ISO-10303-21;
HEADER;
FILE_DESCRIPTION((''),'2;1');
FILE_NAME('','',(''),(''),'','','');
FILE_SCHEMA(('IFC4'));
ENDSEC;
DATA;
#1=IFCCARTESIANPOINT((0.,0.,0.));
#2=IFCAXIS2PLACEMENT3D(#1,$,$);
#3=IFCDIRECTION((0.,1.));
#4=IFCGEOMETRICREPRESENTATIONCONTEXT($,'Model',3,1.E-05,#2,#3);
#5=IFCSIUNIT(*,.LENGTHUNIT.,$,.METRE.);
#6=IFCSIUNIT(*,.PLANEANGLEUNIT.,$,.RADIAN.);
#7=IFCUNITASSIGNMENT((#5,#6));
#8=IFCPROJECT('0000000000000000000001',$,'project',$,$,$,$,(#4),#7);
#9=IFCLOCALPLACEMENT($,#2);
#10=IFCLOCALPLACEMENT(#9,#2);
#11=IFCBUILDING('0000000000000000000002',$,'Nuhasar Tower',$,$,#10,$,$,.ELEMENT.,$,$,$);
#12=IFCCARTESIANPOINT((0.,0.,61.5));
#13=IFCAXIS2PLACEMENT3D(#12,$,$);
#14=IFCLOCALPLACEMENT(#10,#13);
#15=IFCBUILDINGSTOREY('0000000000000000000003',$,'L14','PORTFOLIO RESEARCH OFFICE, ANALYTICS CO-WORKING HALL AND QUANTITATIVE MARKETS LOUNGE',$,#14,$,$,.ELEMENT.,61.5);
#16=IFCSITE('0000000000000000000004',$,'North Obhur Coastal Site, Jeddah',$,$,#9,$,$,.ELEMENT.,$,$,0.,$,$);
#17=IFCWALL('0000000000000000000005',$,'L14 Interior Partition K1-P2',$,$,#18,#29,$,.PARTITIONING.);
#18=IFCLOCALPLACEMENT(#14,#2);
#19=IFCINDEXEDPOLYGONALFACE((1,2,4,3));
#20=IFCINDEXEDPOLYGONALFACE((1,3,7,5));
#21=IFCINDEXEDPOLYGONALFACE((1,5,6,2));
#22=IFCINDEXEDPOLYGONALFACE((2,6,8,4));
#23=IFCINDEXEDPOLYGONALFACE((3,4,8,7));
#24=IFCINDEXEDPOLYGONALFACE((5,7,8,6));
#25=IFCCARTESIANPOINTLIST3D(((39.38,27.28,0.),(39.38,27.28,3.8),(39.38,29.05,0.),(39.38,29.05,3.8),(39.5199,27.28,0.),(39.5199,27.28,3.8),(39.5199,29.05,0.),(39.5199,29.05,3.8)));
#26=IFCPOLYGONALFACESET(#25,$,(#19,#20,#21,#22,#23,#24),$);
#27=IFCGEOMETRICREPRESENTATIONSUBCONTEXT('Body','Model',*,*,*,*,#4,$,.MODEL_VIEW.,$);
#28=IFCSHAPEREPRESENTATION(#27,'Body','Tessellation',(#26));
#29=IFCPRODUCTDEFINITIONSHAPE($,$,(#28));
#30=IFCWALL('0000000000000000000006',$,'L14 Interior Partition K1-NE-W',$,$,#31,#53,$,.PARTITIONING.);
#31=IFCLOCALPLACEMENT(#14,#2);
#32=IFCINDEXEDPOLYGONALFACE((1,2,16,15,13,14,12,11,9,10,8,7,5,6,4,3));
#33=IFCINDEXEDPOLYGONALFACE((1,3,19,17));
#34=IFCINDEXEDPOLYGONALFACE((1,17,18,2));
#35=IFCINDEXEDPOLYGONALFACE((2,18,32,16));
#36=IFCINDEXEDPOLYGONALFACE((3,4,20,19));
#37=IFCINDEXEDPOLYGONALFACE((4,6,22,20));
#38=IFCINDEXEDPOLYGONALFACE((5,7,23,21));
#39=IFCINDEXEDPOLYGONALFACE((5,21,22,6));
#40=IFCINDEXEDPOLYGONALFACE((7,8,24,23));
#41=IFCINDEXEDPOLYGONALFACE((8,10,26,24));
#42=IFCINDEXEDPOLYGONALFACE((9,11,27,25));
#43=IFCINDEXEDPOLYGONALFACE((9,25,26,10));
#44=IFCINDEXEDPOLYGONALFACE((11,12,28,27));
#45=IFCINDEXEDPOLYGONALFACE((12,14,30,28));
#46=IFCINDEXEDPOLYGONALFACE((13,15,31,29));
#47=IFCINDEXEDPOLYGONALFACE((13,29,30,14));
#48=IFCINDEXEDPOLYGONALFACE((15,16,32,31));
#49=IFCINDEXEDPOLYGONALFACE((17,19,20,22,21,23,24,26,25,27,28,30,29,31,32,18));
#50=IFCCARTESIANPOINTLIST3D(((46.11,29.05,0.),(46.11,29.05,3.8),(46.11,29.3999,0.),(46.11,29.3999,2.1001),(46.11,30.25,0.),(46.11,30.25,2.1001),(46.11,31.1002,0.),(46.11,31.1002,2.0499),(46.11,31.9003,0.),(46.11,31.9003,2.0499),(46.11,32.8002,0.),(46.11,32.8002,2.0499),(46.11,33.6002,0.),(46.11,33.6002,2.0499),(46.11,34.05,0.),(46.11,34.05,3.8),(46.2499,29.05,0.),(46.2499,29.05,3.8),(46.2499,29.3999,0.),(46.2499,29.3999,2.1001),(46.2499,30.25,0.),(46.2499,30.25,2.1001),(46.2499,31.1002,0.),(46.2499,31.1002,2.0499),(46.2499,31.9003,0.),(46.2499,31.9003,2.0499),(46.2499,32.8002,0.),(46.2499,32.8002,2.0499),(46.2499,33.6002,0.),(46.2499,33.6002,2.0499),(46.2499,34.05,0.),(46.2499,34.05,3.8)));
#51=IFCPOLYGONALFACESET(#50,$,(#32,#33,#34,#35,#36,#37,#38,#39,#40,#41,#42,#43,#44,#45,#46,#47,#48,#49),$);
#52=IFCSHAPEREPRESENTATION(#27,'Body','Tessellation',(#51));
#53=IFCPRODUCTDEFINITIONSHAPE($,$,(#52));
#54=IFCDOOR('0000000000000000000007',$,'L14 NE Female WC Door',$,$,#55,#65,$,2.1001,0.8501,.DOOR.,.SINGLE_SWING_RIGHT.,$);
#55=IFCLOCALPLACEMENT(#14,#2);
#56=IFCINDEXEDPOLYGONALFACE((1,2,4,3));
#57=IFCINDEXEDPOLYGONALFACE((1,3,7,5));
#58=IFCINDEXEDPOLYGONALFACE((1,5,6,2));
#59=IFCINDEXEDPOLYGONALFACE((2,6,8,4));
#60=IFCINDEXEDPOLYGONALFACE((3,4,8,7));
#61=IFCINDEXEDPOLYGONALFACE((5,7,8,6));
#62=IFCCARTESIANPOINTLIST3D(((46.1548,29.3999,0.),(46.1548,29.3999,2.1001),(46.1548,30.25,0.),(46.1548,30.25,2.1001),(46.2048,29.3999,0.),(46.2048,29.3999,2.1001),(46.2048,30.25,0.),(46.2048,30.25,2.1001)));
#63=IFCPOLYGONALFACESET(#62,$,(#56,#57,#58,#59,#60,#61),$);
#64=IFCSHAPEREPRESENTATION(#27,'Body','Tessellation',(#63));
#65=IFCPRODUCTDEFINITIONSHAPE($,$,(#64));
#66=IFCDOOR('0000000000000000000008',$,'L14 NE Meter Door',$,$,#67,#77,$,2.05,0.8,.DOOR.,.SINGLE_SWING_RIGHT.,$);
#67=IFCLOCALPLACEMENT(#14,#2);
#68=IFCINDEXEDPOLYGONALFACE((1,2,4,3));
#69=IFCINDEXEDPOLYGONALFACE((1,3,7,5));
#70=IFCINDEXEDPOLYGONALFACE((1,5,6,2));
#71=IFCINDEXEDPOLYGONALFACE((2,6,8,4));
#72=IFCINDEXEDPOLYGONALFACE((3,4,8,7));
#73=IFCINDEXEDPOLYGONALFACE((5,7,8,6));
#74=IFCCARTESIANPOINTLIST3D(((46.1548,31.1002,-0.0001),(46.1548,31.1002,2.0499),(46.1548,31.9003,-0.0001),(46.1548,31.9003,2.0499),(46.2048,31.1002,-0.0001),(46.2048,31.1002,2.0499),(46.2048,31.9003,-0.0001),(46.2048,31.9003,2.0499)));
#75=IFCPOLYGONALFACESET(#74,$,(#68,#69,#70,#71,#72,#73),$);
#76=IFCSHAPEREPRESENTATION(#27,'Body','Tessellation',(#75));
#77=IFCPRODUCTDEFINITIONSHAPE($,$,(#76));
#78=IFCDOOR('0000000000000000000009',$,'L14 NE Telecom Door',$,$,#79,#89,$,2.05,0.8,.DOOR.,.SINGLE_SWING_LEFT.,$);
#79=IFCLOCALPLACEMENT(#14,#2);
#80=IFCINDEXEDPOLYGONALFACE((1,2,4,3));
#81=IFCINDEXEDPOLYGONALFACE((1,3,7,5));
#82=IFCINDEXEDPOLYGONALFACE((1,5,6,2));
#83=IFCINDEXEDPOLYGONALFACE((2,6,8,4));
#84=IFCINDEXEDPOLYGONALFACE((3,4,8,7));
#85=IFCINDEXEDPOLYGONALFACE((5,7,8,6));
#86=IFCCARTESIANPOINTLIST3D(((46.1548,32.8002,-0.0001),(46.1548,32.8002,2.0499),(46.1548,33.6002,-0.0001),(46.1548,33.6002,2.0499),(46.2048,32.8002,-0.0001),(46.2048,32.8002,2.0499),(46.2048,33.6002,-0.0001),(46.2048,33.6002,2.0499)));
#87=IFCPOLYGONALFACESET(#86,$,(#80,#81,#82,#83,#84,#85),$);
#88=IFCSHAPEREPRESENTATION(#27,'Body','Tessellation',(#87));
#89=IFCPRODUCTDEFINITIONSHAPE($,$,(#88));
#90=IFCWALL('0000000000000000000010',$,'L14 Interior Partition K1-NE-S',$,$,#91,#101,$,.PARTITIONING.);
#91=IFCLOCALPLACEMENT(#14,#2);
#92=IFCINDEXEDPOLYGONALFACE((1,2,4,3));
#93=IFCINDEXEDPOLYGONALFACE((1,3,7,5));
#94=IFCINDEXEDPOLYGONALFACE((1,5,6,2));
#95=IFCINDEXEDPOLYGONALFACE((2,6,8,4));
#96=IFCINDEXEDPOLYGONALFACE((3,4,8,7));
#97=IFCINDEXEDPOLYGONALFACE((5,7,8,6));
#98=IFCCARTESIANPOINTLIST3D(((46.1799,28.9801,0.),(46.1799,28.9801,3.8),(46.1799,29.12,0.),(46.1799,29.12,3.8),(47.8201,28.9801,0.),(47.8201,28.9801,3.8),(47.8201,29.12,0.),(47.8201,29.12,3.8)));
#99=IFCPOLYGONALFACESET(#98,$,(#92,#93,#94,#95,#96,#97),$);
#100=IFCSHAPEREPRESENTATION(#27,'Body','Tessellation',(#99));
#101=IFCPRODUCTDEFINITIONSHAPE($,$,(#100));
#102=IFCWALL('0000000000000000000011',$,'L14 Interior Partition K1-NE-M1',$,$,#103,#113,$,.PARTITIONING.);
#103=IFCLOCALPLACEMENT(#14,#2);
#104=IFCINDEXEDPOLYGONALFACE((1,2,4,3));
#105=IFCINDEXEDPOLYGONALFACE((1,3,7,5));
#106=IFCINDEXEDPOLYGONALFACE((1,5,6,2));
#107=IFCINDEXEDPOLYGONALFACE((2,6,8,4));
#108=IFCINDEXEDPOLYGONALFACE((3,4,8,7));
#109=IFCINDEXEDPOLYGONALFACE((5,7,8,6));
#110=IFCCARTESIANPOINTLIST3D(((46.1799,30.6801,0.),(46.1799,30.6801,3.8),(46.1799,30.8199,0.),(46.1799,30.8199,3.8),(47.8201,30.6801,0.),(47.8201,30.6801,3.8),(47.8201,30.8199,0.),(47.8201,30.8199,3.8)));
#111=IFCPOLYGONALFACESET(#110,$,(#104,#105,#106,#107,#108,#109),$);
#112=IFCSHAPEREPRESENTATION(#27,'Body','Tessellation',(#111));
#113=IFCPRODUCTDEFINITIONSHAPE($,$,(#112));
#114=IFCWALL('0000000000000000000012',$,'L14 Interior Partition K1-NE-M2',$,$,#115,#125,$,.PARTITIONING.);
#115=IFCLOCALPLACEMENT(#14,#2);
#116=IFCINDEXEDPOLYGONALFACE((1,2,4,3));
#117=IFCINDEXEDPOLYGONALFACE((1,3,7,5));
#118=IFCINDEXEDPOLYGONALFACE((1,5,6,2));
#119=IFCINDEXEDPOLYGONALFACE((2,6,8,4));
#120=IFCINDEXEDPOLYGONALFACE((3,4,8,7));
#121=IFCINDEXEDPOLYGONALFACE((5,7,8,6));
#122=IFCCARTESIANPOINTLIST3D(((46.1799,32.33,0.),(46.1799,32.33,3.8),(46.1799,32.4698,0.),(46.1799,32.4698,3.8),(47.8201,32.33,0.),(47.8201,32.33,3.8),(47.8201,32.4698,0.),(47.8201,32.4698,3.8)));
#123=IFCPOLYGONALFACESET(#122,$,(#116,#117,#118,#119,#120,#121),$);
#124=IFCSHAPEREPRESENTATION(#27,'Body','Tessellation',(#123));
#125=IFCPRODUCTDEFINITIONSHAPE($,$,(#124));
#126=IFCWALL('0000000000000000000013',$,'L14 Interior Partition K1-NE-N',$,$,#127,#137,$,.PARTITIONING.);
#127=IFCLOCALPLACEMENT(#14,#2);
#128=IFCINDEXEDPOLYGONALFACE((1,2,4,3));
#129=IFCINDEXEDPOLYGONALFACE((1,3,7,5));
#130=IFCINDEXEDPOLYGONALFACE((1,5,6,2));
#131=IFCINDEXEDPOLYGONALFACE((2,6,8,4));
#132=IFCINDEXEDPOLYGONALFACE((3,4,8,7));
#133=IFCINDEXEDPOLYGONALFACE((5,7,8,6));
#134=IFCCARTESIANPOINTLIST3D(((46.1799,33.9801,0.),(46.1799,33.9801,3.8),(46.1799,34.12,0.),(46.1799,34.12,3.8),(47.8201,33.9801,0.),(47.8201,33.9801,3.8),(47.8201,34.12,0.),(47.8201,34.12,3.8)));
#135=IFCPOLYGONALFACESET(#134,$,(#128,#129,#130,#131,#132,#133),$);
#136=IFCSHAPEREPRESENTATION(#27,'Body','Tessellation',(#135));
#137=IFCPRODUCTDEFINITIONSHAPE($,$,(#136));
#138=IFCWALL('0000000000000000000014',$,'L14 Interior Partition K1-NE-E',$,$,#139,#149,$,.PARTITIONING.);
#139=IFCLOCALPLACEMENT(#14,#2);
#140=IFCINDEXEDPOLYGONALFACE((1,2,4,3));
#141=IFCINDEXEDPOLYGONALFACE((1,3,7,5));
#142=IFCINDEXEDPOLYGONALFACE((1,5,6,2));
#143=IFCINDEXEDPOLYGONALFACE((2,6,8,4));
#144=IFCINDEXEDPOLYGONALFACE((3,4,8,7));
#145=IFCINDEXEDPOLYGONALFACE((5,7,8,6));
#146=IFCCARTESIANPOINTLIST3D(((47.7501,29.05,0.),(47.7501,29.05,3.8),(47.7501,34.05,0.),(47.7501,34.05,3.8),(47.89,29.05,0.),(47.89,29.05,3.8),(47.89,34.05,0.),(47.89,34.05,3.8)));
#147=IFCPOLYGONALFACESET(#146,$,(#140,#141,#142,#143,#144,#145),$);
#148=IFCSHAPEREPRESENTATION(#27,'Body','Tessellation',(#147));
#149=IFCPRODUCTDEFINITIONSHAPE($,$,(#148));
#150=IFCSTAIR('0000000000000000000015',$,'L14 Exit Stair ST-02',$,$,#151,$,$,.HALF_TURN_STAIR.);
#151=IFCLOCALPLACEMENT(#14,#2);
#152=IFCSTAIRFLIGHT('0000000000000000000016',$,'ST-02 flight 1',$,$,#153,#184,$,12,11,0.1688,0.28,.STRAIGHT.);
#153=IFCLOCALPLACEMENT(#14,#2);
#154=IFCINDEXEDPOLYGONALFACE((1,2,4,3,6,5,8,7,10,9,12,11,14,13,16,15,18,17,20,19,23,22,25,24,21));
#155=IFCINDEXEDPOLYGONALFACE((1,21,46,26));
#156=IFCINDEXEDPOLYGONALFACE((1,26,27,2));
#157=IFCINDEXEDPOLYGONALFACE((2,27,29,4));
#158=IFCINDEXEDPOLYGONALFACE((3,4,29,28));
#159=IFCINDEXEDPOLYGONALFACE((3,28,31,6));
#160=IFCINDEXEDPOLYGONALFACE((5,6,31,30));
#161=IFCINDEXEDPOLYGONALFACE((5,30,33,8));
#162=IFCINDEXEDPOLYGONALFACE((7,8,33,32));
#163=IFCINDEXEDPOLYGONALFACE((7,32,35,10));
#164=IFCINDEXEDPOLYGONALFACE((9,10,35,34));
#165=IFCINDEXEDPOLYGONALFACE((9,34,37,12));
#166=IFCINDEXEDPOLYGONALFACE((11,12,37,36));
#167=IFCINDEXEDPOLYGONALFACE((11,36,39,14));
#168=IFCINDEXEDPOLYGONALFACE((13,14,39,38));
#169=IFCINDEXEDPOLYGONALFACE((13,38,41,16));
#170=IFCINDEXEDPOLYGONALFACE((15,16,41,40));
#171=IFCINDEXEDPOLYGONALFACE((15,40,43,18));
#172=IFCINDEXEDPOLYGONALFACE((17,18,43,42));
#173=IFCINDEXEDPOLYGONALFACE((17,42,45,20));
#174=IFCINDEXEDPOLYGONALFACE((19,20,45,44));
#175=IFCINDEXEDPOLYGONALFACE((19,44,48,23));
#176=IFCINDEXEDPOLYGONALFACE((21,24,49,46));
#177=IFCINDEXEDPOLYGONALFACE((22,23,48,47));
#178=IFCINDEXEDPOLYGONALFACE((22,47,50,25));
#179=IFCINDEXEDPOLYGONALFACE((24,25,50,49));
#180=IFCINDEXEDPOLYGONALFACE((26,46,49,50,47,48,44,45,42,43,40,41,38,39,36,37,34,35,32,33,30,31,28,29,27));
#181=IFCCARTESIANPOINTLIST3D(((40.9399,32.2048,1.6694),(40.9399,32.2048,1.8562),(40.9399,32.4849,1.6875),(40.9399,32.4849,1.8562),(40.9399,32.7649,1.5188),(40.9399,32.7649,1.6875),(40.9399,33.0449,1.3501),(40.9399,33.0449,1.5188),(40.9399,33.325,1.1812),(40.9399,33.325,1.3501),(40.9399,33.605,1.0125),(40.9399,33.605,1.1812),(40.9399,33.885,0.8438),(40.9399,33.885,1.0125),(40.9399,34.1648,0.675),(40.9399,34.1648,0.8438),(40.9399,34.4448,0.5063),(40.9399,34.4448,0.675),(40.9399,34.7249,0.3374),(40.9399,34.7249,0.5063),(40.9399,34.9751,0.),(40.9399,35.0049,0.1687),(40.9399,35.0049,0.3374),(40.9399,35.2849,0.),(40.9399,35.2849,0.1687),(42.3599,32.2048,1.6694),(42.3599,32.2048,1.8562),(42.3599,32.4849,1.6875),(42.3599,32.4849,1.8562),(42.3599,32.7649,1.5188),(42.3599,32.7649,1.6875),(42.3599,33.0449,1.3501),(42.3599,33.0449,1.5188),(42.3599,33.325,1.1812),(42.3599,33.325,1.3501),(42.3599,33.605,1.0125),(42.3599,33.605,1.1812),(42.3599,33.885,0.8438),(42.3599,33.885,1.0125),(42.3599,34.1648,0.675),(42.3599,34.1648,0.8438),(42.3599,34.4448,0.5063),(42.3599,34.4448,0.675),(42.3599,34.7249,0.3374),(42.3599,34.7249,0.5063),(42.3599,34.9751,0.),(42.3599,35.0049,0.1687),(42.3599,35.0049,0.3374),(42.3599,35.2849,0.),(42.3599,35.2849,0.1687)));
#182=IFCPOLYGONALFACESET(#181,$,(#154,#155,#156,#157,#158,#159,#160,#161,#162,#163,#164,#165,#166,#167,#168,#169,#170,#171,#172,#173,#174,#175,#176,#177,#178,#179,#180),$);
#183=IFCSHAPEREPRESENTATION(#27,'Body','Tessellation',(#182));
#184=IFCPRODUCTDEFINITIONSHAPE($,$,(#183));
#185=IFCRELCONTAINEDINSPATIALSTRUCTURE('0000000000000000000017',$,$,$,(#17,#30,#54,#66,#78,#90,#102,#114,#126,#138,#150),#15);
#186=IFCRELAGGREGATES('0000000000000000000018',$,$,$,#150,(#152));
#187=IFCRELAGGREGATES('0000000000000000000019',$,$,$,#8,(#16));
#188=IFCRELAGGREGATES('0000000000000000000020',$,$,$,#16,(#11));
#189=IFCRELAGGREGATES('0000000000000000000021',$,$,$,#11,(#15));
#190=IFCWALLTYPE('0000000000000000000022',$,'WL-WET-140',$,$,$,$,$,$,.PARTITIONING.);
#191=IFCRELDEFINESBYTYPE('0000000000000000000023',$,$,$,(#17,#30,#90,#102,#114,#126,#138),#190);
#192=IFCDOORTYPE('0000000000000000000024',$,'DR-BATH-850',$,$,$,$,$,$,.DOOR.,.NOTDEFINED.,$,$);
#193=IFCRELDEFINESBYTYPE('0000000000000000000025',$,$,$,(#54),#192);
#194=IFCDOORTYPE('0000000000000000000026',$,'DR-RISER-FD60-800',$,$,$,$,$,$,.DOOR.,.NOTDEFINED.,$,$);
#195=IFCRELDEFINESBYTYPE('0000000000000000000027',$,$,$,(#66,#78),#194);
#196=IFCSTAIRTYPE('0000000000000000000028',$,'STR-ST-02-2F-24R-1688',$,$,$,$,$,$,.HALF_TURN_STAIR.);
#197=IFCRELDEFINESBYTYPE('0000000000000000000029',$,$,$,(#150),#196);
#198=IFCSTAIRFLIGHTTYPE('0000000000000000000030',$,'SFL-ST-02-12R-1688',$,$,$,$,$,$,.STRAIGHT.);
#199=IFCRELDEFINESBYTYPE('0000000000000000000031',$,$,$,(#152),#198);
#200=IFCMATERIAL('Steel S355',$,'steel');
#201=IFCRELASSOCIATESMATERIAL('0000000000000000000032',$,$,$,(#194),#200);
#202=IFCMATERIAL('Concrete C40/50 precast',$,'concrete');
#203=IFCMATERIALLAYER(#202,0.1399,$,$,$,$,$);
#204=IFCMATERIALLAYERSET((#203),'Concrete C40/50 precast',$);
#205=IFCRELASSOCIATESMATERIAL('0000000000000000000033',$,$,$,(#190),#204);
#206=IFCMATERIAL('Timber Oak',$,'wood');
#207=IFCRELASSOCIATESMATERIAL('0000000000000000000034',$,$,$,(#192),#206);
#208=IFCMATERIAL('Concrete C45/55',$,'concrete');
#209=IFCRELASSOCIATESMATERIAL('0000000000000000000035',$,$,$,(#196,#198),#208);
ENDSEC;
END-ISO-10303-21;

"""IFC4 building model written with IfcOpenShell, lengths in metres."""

from ifc_helpers import new_model, si_unit, direction, frame, frame_2d, origin, place, context, subcontext, project, spatial, polyline, rectangle, outline, extrude, material, layer, layer_set, type_object, element, fill, aggregate, save


model = new_model("IFC4")

# Units and contexts
model_context = context("Model", 3, precision=1e-05, world=origin(), true_north=direction((0.0, 1.0)))
body_context = subcontext(model_context, "Body", "Model", "MODEL_VIEW")
ifc_project = project(units=[si_unit("LENGTHUNIT", "METRE"), si_unit("PLANEANGLEUNIT", "RADIAN")], contexts=[model_context])

# Site, building, storey
site_placement = place(None, origin())
site = spatial("IfcSite", under=ifc_project, at=site_placement, Name="North Obhur Coastal Site, Jeddah", CompositionType="ELEMENT", RefElevation=0.0)
building_placement = place(site_placement, origin())
building = spatial("IfcBuilding", under=site, at=building_placement, Name="Nuhasar Tower", CompositionType="ELEMENT")
storey_placement = place(building_placement, frame((0.0, 0.0, 61.5)))
storey = spatial("IfcBuildingStorey", under=building, at=storey_placement, Name="L14", Description="PORTFOLIO RESEARCH OFFICE, ANALYTICS CO-WORKING HALL AND QUANTITATIVE MARKETS LOUNGE", CompositionType="ELEMENT", Elevation=61.5)

# Shared definitions
ifc_material_1 = material(Name="Steel S355", Category="steel")

# Shared definitions
ifc_material_2 = material(Name="Concrete C45/55", Category="concrete")

# Shared definitions
door_type_1 = type_object("IfcDoorType", Name="DR-RISER-FD60-800", OperationType="NOTDEFINED", PredefinedType="DOOR", material=ifc_material_1)

# Wall
ifc_material_3 = material(Name="Concrete C40/50 precast", Category="concrete")
ifc_layer_1 = layer(ifc_material_3, 0.1399)
ifc_layer_set_1 = layer_set([ifc_layer_1], Name="Concrete C40/50 precast")
wall_type_1 = type_object("IfcWallType", Name="WL-WET-140", PredefinedType="PARTITIONING", material=ifc_layer_set_1)
wall_1_placement = place(storey_placement, frame((39.45, 27.28, 0.0), z_axis=(0.0, 0.0, 1.0), x_axis=(0.0, 1.0, 0.0)))
element("IfcWall", 1, at=wall_1_placement, inside=storey, type_object=wall_type_1, Name="L14 Interior Partition K1-P2", PredefinedType="PARTITIONING", context=body_context, shape_type="SweptSolid", body=[
    extrude(rectangle(XDim=1.77, YDim=0.1399, at=frame_2d((0.885, 0.0))), origin(), (0.0, 0.0, 1.0), 3.8),
])

# Wall, openings, doors
wall_2_placement = place(storey_placement, frame((46.1799, 34.05, 0.0), z_axis=(0.0, 0.0, 1.0), x_axis=(0.0, -1.0, 0.0)))
wall_2 = element("IfcWall", 2, at=wall_2_placement, inside=storey, type_object=wall_type_1, Name="L14 Interior Partition K1-NE-W", PredefinedType="PARTITIONING", context=body_context, shape_type="SweptSolid", body=[
    extrude(rectangle(XDim=5.0, YDim=0.1399, at=frame_2d((2.5, 0.0))), origin(), (0.0, 0.0, 1.0), 3.8),
])
opening_1_placement = place(wall_2_placement, frame((3.8, 0.0, 0.0)))
opening_1 = element("IfcOpeningElement", 3, at=opening_1_placement, cuts=wall_2, PredefinedType="OPENING", context=body_context, shape_type="SweptSolid", body=[
    extrude(rectangle(XDim=0.8501, YDim=2.1001, at=frame_2d((0.425, 1.05))), frame((0.0, 0.0801, 0.0), z_axis=(0.0, -1.0, 0.0), x_axis=(1.0, 0.0, 0.0)), (0.0, 0.0, 1.0), 0.1599),
])
opening_2_placement = place(wall_2_placement, frame((2.1499, 0.0, 0.0)))
opening_2 = element("IfcOpeningElement", 4, at=opening_2_placement, cuts=wall_2, PredefinedType="OPENING", context=body_context, shape_type="SweptSolid", body=[
    extrude(rectangle(XDim=0.8, YDim=2.05, at=frame_2d((0.3999, 1.0249))), frame((0.0, 0.0801, 0.0), z_axis=(0.0, -1.0, 0.0), x_axis=(1.0, 0.0, 0.0)), (0.0, 0.0, 1.0), 0.1599),
])
opening_3_placement = place(wall_2_placement, frame((0.45, 0.0, 0.0)))
opening_3 = element("IfcOpeningElement", 5, at=opening_3_placement, cuts=wall_2, PredefinedType="OPENING", context=body_context, shape_type="SweptSolid", body=[
    extrude(rectangle(XDim=0.8, YDim=2.05, at=frame_2d((0.3999, 1.0249))), frame((0.0, 0.0801, 0.0), z_axis=(0.0, -1.0, 0.0), x_axis=(1.0, 0.0, 0.0)), (0.0, 0.0, 1.0), 0.1599),
])
ifc_material_4 = material(Name="Timber Oak", Category="wood")
door_type_2 = type_object("IfcDoorType", Name="DR-BATH-850", OperationType="NOTDEFINED", PredefinedType="DOOR", material=ifc_material_4)
door_1_placement = place(opening_1_placement, origin())
door_1 = element("IfcDoor", 6, at=door_1_placement, inside=storey, type_object=door_type_2, Name="L14 NE Female WC Door", OperationType="SINGLE_SWING_RIGHT", OverallHeight=2.1001, OverallWidth=0.8501, PredefinedType="DOOR", context=body_context, shape_type="SweptSolid", body=[
    extrude(rectangle(XDim=0.8501, YDim=2.1001, at=frame_2d((0.425, 1.05))), frame((0.0, 0.0249, 0.0), z_axis=(0.0, -1.0, 0.0), x_axis=(1.0, 0.0, 0.0)), (0.0, 0.0, 1.0), 0.05),
])
fill(opening_1, door_1)
door_2_placement = place(opening_2_placement, origin())
door_2 = element("IfcDoor", 7, at=door_2_placement, inside=storey, type_object=door_type_1, Name="L14 NE Meter Door", OperationType="SINGLE_SWING_RIGHT", OverallHeight=2.05, OverallWidth=0.8, PredefinedType="DOOR", context=body_context, shape_type="SweptSolid", body=[
    extrude(rectangle(XDim=0.8, YDim=2.05, at=frame_2d((0.3999, 1.0249))), frame((0.0, 0.0249, 0.0), z_axis=(0.0, -1.0, 0.0), x_axis=(1.0, 0.0, 0.0)), (0.0, 0.0, 1.0), 0.05),
])
fill(opening_2, door_2)
door_3_placement = place(opening_3_placement, origin())
door_3 = element("IfcDoor", 8, at=door_3_placement, inside=storey, type_object=door_type_1, Name="L14 NE Telecom Door", OperationType="SINGLE_SWING_LEFT", OverallHeight=2.05, OverallWidth=0.8, PredefinedType="DOOR", context=body_context, shape_type="SweptSolid", body=[
    extrude(rectangle(XDim=0.8, YDim=2.05, at=frame_2d((0.3999, 1.0249))), frame((0.0, 0.0249, 0.0), z_axis=(0.0, -1.0, 0.0), x_axis=(1.0, 0.0, 0.0)), (0.0, 0.0, 1.0), 0.05),
])
fill(opening_3, door_3)

# Walls
for number, where, z_axis, x_axis, name in (
    (9, (46.1799, 29.05, 0.0), (0.0, 0.0, 1.0), (1.0, 0.0, 0.0), "L14 Interior Partition K1-NE-S"),
    (10, (46.1799, 30.75, 0.0), (0.0, 0.0, 1.0), (1.0, 0.0, 0.0), "L14 Interior Partition K1-NE-M1"),
    (11, (46.1799, 32.3999, 0.0), (0.0, 0.0, 1.0), (1.0, 0.0, 0.0), "L14 Interior Partition K1-NE-M2"),
    (12, (46.1799, 34.05, 0.0), (0.0, 0.0, 1.0), (1.0, 0.0, 0.0), "L14 Interior Partition K1-NE-N"),
):
    element("IfcWall", number, at=place(storey_placement, frame(where, z_axis=z_axis, x_axis=x_axis)), inside=storey, type_object=wall_type_1, Name=name, PredefinedType="PARTITIONING", context=body_context, shape_type="SweptSolid", body=[
        extrude(rectangle(XDim=1.6401, YDim=0.1399, at=frame_2d((0.8201, 0.0))), origin(), (0.0, 0.0, 1.0), 3.8),
    ])
wall_3_placement = place(storey_placement, frame((47.8201, 29.05, 0.0), z_axis=(0.0, 0.0, 1.0), x_axis=(0.0, 1.0, 0.0)))
element("IfcWall", 13, at=wall_3_placement, inside=storey, type_object=wall_type_1, Name="L14 Interior Partition K1-NE-E", PredefinedType="PARTITIONING", context=body_context, shape_type="SweptSolid", body=[
    extrude(rectangle(XDim=5.0, YDim=0.1399, at=frame_2d((2.5, 0.0))), origin(), (0.0, 0.0, 1.0), 3.8),
])

# Stair, stair flight
stair_type_1 = type_object("IfcStairType", Name="STR-ST-02-2F-24R-1688", PredefinedType="HALF_TURN_STAIR", material=ifc_material_2)
stair_1_placement = place(storey_placement, origin())
stair_1 = element("IfcStair", 14, at=stair_1_placement, inside=storey, type_object=stair_type_1, Name="L14 Exit Stair ST-02", PredefinedType="HALF_TURN_STAIR")
stair_flight_type_1 = type_object("IfcStairFlightType", Name="SFL-ST-02-12R-1688", PredefinedType="STRAIGHT", material=ifc_material_2)
stair_flight_1_placement = place(storey_placement, frame((41.6499, 35.2849, 0.0), z_axis=(0.0, 0.0, 1.0), x_axis=(0.0, -1.0, 0.0)))
stair_flight_1 = element("IfcStairFlight", 15, at=stair_flight_1_placement, type_object=stair_flight_type_1, Name="ST-02 flight 1", NumberOfRisers=12, NumberOfTreads=11, PredefinedType="STRAIGHT", RiserHeight=0.1688, TreadLength=0.28, context=body_context, shape_type="SweptSolid", body=[
    extrude(outline(polyline([(0.0, 0.0), (0.0, 0.1687), (0.28, 0.1687), (0.28, 0.3374), (0.5601, 0.3374), (0.5601, 0.5063), (0.8401, 0.5063), (0.8401, 0.675), (1.1201, 0.675), (1.1201, 0.8438), (1.3999, 0.8438), (1.3999, 1.0125), (1.6799, 1.0125), (1.6799, 1.1812), (1.96, 1.1812), (1.96, 1.3501), (2.24, 1.3501), (2.24, 1.5188), (2.52, 1.5188), (2.52, 1.6875), (2.8, 1.6875), (2.8, 1.8562), (3.0801, 1.8562), (3.0801, 2.0249), (3.0801, 1.6694), (0.3098, 0.0), (0.0, 0.0)])), frame((0.0, 0.71, 0.0), z_axis=(0.0, -1.0, 0.0), x_axis=(1.0, 0.0, 0.0)), (0.0, 0.0, 1.0), 1.4199),
])
aggregate(stair_1, [stair_flight_1])

save(model, "model.ifc")
